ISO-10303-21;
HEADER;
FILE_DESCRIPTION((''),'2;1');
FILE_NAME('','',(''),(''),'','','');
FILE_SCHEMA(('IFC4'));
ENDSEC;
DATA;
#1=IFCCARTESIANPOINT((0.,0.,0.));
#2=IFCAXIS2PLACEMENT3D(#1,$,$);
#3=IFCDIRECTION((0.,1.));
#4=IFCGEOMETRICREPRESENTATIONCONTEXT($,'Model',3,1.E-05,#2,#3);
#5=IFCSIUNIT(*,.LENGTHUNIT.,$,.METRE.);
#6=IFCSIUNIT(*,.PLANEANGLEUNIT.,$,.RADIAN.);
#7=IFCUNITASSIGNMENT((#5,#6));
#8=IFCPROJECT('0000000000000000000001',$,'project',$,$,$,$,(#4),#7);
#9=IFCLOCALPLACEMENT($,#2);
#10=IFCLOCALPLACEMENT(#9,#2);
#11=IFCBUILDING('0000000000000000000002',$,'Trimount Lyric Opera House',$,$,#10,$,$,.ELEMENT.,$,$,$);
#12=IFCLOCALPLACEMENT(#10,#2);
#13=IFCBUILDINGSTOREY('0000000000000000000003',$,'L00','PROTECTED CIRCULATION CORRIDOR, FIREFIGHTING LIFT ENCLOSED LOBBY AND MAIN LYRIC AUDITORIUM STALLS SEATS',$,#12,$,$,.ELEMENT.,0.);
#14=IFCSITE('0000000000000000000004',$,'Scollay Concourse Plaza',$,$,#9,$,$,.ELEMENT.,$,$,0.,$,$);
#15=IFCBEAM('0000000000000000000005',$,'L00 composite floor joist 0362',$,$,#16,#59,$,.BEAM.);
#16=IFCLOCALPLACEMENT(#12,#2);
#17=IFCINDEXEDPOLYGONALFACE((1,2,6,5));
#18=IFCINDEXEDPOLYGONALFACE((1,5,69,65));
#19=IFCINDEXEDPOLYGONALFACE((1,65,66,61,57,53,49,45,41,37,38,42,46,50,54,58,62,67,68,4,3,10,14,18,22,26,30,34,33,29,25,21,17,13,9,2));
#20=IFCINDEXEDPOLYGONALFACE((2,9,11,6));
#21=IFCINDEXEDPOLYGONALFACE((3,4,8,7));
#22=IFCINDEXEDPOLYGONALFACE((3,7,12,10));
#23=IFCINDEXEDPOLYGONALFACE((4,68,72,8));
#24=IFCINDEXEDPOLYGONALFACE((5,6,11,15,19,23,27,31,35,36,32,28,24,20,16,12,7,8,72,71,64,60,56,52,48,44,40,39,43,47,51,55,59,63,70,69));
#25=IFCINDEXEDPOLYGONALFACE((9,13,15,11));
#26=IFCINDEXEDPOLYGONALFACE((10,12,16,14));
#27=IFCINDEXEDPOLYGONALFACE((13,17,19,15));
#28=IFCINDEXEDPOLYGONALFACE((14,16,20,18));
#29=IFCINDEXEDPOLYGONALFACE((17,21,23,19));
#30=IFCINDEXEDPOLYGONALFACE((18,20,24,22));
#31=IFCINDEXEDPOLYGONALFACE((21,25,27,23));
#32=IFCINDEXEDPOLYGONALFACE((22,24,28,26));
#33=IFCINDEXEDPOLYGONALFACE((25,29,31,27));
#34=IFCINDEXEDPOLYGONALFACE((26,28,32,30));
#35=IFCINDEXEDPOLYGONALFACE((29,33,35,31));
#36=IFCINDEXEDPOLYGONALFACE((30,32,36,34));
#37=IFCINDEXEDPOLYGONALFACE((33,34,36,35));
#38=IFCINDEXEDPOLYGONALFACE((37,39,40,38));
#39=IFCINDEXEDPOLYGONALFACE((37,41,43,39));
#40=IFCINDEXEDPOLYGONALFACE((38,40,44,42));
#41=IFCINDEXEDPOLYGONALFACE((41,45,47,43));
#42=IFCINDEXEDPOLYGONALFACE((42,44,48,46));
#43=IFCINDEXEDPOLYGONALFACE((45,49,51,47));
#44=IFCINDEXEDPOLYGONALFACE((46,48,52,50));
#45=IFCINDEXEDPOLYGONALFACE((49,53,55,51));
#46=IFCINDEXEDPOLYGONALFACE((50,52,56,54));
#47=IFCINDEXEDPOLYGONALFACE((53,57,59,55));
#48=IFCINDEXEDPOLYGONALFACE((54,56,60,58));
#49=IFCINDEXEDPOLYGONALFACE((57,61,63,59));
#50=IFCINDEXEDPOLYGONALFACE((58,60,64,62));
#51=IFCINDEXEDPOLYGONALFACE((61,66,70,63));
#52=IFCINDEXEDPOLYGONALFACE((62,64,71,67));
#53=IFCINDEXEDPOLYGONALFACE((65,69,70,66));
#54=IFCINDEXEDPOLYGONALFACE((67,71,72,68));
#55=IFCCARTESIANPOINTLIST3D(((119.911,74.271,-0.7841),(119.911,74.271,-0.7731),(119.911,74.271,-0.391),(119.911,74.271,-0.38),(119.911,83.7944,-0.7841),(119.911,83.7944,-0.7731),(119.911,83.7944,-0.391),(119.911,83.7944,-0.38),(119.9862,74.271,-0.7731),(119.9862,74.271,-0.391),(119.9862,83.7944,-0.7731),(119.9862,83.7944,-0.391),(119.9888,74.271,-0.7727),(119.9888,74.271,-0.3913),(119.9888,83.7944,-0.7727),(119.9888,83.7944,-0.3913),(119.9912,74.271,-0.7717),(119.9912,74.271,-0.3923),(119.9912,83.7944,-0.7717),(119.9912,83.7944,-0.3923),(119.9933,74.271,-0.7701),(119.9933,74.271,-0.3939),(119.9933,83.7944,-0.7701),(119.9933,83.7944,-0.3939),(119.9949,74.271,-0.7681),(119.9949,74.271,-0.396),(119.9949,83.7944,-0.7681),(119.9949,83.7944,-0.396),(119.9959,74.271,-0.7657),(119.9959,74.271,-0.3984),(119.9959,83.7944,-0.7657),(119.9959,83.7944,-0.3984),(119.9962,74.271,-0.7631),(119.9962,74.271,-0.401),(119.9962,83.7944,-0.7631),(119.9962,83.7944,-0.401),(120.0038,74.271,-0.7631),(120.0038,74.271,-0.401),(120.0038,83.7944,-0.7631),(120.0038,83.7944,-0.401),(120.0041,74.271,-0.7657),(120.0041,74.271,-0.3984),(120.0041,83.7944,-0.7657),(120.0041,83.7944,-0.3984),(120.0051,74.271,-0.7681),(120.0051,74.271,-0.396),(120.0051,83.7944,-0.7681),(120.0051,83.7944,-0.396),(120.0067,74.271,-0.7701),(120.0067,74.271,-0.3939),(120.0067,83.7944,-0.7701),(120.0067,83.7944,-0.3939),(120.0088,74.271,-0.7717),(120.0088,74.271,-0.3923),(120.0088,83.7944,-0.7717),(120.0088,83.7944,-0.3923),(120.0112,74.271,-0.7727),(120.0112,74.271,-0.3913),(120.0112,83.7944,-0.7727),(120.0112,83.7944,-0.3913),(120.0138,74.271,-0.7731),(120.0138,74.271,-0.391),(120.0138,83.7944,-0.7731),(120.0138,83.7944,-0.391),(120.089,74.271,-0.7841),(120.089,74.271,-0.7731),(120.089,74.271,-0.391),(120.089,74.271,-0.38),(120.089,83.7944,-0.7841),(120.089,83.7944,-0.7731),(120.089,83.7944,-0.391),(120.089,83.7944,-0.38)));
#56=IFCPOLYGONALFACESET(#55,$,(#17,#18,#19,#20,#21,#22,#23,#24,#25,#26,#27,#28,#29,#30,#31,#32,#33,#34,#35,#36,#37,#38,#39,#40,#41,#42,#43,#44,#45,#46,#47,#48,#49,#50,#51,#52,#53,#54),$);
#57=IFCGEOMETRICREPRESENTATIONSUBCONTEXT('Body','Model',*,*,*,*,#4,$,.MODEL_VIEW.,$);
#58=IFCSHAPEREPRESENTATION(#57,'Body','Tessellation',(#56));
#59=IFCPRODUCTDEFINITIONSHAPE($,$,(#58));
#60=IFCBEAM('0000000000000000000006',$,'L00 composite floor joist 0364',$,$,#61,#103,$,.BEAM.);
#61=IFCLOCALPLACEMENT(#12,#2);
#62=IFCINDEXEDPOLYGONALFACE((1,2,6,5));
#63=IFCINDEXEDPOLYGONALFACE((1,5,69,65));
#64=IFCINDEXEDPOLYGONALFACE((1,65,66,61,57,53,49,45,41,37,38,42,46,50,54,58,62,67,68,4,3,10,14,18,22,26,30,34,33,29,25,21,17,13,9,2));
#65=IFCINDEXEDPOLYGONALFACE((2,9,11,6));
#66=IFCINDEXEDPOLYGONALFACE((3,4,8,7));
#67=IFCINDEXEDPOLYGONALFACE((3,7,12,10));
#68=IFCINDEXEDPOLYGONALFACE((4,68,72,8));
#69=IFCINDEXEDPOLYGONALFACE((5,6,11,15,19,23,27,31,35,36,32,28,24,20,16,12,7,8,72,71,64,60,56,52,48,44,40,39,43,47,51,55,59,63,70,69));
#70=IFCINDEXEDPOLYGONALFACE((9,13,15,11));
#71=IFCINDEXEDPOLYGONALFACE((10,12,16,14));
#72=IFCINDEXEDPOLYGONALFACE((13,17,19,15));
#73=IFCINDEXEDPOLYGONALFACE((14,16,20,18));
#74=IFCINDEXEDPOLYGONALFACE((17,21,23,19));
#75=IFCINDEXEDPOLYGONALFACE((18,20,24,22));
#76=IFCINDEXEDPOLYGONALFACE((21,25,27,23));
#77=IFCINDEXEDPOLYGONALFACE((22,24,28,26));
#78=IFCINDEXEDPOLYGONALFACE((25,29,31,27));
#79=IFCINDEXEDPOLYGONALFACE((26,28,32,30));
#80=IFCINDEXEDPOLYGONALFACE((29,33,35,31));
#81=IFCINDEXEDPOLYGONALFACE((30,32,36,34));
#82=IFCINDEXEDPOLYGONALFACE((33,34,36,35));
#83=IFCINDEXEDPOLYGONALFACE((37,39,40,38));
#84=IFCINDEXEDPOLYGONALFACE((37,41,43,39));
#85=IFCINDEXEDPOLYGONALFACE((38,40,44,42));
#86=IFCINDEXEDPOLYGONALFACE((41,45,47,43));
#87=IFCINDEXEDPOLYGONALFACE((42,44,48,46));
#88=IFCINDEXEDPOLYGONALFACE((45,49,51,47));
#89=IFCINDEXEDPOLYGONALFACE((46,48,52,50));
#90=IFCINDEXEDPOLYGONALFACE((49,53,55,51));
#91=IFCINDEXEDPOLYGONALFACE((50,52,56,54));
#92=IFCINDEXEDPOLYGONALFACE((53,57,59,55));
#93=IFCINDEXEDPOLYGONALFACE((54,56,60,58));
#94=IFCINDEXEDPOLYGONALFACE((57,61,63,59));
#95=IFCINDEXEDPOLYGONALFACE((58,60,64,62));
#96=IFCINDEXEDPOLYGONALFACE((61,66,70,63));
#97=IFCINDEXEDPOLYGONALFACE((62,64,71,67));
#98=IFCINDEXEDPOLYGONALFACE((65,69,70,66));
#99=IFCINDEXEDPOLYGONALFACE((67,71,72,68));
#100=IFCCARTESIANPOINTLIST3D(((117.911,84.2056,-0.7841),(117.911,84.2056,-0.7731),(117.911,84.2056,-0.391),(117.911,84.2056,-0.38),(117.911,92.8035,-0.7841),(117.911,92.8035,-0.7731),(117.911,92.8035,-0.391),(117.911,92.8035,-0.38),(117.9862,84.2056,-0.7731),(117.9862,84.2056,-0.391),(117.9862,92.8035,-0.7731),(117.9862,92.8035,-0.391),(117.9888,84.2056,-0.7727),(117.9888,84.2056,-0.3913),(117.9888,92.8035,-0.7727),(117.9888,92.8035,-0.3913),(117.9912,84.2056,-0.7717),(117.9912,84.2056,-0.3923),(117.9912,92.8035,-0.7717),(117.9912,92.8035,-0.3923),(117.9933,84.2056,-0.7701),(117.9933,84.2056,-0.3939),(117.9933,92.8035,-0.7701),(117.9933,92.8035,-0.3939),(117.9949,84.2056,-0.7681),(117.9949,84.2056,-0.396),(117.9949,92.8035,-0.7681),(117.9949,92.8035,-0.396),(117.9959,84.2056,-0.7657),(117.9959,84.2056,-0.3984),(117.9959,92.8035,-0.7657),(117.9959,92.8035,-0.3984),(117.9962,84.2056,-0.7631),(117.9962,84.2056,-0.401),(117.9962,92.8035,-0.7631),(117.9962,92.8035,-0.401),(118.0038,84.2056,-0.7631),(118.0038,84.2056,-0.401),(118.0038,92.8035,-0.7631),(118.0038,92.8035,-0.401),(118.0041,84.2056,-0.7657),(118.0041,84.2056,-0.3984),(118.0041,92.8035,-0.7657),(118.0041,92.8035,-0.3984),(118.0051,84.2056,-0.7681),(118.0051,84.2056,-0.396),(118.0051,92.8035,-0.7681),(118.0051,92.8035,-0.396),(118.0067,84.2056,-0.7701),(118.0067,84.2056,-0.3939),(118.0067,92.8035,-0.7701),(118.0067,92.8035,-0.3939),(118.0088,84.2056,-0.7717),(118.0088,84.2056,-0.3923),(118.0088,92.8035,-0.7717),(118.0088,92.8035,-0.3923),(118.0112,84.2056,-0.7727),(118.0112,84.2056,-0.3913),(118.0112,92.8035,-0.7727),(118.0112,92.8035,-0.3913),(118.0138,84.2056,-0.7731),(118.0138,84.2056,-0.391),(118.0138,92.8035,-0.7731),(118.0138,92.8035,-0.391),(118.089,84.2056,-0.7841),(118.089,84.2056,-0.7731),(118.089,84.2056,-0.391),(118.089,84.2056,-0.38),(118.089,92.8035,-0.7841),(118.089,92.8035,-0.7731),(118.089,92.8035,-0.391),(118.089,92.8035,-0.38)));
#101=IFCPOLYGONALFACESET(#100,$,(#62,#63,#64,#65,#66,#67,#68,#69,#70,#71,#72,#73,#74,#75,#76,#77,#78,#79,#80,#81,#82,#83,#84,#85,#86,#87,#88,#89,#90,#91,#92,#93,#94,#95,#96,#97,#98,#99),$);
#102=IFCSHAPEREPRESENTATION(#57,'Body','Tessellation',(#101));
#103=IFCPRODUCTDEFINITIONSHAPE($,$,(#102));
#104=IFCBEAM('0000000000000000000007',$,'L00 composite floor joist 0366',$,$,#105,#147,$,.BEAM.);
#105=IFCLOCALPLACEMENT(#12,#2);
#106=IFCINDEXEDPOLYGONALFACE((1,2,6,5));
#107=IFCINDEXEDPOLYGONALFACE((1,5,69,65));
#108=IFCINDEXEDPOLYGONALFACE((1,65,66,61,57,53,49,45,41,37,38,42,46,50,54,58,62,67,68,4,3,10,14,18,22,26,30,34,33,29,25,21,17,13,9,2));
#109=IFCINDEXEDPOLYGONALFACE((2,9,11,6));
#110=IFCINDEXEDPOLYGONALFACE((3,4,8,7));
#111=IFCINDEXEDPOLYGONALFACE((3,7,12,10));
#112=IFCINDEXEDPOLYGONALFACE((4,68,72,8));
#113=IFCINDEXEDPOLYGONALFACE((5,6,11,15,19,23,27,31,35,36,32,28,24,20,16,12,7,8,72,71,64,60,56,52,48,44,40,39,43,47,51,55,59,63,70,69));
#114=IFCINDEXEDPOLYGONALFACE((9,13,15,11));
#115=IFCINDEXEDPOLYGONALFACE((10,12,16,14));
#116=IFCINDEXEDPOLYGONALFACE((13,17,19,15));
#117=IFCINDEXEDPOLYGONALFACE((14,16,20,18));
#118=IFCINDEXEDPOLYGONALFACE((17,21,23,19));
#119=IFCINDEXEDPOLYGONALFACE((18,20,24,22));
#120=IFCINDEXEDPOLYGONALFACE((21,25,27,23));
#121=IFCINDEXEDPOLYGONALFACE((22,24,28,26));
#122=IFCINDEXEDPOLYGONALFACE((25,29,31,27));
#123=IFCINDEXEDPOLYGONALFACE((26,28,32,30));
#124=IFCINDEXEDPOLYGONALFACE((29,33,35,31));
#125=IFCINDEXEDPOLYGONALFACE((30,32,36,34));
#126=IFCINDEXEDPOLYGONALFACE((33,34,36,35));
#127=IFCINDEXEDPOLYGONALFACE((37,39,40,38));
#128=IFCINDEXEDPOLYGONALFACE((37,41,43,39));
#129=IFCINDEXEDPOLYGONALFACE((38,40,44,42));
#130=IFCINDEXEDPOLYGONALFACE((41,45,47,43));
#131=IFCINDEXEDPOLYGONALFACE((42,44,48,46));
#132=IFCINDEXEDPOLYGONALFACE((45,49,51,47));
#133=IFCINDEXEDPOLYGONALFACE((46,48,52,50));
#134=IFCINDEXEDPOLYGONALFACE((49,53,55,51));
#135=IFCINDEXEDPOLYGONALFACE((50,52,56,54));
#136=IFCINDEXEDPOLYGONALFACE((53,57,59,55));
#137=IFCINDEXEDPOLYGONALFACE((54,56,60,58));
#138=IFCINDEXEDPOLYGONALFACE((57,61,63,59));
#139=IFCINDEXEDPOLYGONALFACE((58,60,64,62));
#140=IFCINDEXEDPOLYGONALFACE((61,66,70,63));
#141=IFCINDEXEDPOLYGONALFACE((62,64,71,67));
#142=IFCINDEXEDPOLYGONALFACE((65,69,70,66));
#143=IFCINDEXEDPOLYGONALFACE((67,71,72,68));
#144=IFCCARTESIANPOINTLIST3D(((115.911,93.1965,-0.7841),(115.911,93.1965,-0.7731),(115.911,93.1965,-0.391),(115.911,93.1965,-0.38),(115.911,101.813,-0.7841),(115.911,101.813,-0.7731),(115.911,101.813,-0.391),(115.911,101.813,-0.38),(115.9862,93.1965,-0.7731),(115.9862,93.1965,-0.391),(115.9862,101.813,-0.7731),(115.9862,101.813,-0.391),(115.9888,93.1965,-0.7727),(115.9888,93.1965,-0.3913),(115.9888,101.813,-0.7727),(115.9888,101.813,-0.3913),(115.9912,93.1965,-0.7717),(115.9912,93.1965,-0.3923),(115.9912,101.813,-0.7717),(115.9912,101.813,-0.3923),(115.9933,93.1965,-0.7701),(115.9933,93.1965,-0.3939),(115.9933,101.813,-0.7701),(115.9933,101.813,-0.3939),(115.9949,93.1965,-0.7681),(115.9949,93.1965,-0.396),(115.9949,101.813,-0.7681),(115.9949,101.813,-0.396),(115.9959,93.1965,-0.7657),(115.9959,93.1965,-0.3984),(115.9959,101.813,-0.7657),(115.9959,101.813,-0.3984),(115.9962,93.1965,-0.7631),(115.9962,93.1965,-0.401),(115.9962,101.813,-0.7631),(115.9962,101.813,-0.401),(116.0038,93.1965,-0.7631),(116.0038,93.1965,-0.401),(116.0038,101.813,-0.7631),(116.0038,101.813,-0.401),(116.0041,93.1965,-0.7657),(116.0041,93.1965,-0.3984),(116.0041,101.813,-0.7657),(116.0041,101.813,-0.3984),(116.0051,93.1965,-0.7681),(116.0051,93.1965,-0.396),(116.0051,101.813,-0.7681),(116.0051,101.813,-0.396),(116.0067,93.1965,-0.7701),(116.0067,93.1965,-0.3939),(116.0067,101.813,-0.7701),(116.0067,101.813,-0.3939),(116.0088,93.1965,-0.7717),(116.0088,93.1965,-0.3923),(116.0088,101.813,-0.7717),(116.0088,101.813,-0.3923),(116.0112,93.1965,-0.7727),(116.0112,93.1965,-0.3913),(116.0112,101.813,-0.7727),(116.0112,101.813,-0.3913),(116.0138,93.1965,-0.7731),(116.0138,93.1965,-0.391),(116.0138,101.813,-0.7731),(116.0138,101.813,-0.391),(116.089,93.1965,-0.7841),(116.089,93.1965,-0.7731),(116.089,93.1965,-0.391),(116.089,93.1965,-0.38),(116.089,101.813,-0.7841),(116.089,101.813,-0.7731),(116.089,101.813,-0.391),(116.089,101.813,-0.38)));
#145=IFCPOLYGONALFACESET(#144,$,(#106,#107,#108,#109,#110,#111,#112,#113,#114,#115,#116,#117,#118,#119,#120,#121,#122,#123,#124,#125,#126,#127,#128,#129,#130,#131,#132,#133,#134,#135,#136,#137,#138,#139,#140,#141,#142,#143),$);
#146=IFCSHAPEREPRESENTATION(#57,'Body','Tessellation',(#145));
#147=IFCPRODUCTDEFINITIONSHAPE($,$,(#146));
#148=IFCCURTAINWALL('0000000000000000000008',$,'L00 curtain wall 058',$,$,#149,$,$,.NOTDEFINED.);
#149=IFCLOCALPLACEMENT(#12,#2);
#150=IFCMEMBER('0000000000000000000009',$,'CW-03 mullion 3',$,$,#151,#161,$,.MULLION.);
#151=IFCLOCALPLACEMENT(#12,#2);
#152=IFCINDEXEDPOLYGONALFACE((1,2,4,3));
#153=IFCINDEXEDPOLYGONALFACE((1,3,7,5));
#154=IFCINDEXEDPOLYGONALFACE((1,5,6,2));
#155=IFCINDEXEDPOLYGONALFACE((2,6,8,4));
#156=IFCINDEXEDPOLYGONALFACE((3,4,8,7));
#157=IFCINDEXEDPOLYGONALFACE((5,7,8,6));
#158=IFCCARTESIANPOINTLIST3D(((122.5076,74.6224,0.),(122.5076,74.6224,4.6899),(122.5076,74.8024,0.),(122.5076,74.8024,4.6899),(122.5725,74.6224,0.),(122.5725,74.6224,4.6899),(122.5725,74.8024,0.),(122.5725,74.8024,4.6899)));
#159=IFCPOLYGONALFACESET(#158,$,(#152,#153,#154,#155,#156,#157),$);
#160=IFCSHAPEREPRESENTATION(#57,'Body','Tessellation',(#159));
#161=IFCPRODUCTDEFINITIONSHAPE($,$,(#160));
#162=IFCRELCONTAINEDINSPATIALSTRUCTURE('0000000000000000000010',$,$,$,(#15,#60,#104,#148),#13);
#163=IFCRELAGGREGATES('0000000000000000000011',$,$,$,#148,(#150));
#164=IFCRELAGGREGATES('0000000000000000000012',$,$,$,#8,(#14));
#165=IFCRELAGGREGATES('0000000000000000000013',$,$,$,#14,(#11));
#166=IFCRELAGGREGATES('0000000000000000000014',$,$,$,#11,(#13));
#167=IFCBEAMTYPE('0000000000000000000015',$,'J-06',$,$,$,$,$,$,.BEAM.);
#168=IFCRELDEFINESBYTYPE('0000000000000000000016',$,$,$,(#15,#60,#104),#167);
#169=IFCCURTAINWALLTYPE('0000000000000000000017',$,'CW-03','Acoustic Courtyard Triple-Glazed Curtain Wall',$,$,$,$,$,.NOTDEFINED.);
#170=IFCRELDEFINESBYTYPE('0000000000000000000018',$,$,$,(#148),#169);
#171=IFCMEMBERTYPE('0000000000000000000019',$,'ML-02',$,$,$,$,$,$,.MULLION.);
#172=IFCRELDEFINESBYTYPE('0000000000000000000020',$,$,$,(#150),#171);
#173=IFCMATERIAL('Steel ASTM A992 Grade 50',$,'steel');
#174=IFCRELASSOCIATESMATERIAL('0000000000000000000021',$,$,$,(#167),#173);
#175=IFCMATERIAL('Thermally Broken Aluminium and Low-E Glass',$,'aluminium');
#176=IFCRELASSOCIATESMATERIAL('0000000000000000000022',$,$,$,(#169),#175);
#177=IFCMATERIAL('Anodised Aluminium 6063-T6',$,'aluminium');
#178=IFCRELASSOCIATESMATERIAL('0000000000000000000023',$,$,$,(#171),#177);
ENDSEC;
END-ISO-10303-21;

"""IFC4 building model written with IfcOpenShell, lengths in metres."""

from ifc_helpers import new_model, si_unit, direction, frame, origin, origin_2d, place, context, subcontext, project, spatial, rectangle, i_section, extrude, material, material_profile, profile_set, type_object, element, aggregate, save


model = new_model("IFC4")

# Units and contexts
model_context = context("Model", 3, precision=1e-05, world=origin(), true_north=direction((0.0, 1.0)))
body_context = subcontext(model_context, "Body", "Model", "MODEL_VIEW")
ifc_project = project(units=[si_unit("LENGTHUNIT", "METRE"), si_unit("PLANEANGLEUNIT", "RADIAN")], contexts=[model_context])

# Site, building, storey
site_placement = place(None, origin())
site = spatial("IfcSite", under=ifc_project, at=site_placement, Name="Scollay Concourse Plaza", CompositionType="ELEMENT", RefElevation=0.0)
building_placement = place(site_placement, origin())
building = spatial("IfcBuilding", under=site, at=building_placement, Name="Trimount Lyric Opera House", CompositionType="ELEMENT")
storey_placement = place(building_placement, origin())
storey = spatial("IfcBuildingStorey", under=building, at=storey_placement, Name="L00", Description="PROTECTED CIRCULATION CORRIDOR, FIREFIGHTING LIFT ENCLOSED LOBBY AND MAIN LYRIC AUDITORIUM STALLS SEATS", CompositionType="ELEMENT", Elevation=0.0)

# Beams
ifc_material_1 = material(Name="Steel ASTM A992 Grade 50", Category="steel")
ifc_material_profile_1 = material_profile(ifc_material_1, i_section(OverallWidth=0.178, OverallDepth=0.4041, WebThickness=0.0076, FlangeThickness=0.011, FilletRadius=0.01, at=origin_2d()), Name="W16X36")
ifc_profile_set_1 = profile_set([ifc_material_profile_1], Name="Steel ASTM A992 Grade 50")
beam_type_1 = type_object("IfcBeamType", Name="J-06", PredefinedType="BEAM", material=ifc_profile_set_1)
beam_1_placement = place(storey_placement, frame((120.0, 74.271, -0.582), z_axis=(0.0, 1.0, 0.0), x_axis=(-1.0, 0.0, 0.0)))
element("IfcBeam", 1, at=beam_1_placement, inside=storey, type_object=beam_type_1, Name="L00 composite floor joist 0362", PredefinedType="BEAM", context=body_context, shape_type="SweptSolid", body=[
    extrude(i_section(OverallWidth=0.178, OverallDepth=0.4041, WebThickness=0.0076, FlangeThickness=0.011, FilletRadius=0.01, at=origin_2d()), origin(), (0.0, 0.0, 1.0), 9.5234),
])
beam_2_placement = place(storey_placement, frame((118.0, 84.2056, -0.582), z_axis=(0.0, 1.0, 0.0), x_axis=(-1.0, 0.0, 0.0)))
element("IfcBeam", 2, at=beam_2_placement, inside=storey, type_object=beam_type_1, Name="L00 composite floor joist 0364", PredefinedType="BEAM", context=body_context, shape_type="SweptSolid", body=[
    extrude(i_section(OverallWidth=0.178, OverallDepth=0.4041, WebThickness=0.0076, FlangeThickness=0.011, FilletRadius=0.01, at=origin_2d()), origin(), (0.0, 0.0, 1.0), 8.5979),
])
beam_3_placement = place(storey_placement, frame((116.0, 93.1965, -0.582), z_axis=(0.0, 1.0, 0.0), x_axis=(-1.0, 0.0, 0.0)))
element("IfcBeam", 3, at=beam_3_placement, inside=storey, type_object=beam_type_1, Name="L00 composite floor joist 0366", PredefinedType="BEAM", context=body_context, shape_type="SweptSolid", body=[
    extrude(i_section(OverallWidth=0.178, OverallDepth=0.4041, WebThickness=0.0076, FlangeThickness=0.011, FilletRadius=0.01, at=origin_2d()), origin(), (0.0, 0.0, 1.0), 8.6165),
])

# Curtain wall, member
ifc_material_2 = material(Name="Thermally Broken Aluminium and Low-E Glass", Category="aluminium")
curtain_wall_type = type_object("IfcCurtainWallType", Name="CW-03", Description="Acoustic Courtyard Triple-Glazed Curtain Wall", PredefinedType="NOTDEFINED", material=ifc_material_2)
curtain_wall_placement = place(storey_placement, origin())
curtain_wall = element("IfcCurtainWall", 4, at=curtain_wall_placement, inside=storey, type_object=curtain_wall_type, Name="L00 curtain wall 058", PredefinedType="NOTDEFINED")
ifc_material_3 = material(Name="Anodised Aluminium 6063-T6", Category="aluminium")
ifc_material_profile_2 = material_profile(ifc_material_3, rectangle(XDim=0.0649, YDim=0.1799, at=origin_2d()), Name="ALU-MULL-65X180")
ifc_profile_set_2 = profile_set([ifc_material_profile_2], Name="Anodised Aluminium 6063-T6")
member_type = type_object("IfcMemberType", Name="ML-02", PredefinedType="MULLION", material=ifc_profile_set_2)
member_placement = place(storey_placement, frame((122.54, 74.7124, 0.0), z_axis=(0.0, 0.0, 1.0), x_axis=(1.0, 0.0, 0.0)))
member = element("IfcMember", 5, at=member_placement, type_object=member_type, Name="CW-03 mullion 3", PredefinedType="MULLION", context=body_context, shape_type="SweptSolid", body=[
    extrude(rectangle(XDim=0.0649, YDim=0.1799, at=origin_2d()), origin(), (0.0, 0.0, 1.0), 4.6899),
])

aggregate(curtain_wall, [member])

save(model, "model.ifc")
